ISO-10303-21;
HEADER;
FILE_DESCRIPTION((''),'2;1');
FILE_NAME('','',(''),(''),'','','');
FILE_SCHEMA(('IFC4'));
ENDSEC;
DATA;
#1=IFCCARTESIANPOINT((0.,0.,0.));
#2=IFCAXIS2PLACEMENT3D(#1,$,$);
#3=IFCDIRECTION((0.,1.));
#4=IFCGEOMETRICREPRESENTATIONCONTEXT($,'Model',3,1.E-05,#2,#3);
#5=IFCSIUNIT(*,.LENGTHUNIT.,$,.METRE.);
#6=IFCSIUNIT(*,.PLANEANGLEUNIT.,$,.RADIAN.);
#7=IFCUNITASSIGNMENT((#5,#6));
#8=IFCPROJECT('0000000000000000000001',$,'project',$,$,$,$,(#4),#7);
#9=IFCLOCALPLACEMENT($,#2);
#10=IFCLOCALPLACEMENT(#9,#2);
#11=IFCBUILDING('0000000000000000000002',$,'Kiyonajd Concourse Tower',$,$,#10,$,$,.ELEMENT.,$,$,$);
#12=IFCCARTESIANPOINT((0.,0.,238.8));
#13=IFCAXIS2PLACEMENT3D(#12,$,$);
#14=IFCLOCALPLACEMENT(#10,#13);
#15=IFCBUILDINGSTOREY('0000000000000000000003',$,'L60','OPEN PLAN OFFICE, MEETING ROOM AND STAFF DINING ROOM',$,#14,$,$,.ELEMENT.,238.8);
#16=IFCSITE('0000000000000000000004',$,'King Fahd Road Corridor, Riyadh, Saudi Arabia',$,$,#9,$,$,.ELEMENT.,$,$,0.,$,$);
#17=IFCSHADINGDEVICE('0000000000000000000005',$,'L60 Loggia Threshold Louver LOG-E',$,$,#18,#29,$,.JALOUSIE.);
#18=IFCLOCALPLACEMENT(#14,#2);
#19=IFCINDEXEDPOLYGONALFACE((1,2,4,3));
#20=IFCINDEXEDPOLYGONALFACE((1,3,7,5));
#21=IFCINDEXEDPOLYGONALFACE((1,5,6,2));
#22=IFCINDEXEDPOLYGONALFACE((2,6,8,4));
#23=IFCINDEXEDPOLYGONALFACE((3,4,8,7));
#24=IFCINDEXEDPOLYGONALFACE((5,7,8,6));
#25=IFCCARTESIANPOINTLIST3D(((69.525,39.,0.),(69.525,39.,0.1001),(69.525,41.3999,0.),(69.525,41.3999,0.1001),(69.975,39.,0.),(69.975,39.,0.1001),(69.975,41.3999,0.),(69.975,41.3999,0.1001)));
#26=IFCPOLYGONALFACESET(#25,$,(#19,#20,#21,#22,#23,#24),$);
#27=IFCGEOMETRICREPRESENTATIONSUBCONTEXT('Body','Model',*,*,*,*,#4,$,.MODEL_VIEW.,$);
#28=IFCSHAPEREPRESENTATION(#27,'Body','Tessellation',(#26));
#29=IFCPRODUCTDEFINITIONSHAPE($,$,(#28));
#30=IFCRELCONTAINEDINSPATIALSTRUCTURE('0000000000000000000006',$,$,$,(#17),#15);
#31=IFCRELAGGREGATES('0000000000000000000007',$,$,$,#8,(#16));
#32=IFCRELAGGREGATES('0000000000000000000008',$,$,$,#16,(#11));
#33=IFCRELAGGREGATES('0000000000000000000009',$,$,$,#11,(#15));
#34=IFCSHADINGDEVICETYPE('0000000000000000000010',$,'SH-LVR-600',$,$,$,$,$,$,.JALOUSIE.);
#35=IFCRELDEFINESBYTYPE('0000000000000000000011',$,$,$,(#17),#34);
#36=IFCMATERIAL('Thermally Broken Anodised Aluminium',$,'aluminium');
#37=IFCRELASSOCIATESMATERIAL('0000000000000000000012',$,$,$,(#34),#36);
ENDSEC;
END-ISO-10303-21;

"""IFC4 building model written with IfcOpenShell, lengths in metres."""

from ifc_helpers import new_model, si_unit, direction, frame, origin, origin_2d, place, context, subcontext, project, spatial, rectangle, extrude, material, type_object, element, save


model = new_model("IFC4")

# Units and contexts
model_context = context("Model", 3, precision=1e-05, world=origin(), true_north=direction((0.0, 1.0)))
body_context = subcontext(model_context, "Body", "Model", "MODEL_VIEW")
ifc_project = project(units=[si_unit("LENGTHUNIT", "METRE"), si_unit("PLANEANGLEUNIT", "RADIAN")], contexts=[model_context])

# Site, building, storey
site_placement = place(None, origin())
site = spatial("IfcSite", under=ifc_project, at=site_placement, Name="King Fahd Road Corridor, Riyadh, Saudi Arabia", CompositionType="ELEMENT", RefElevation=0.0)
building_placement = place(site_placement, origin())
building = spatial("IfcBuilding", under=site, at=building_placement, Name="Kiyonajd Concourse Tower", CompositionType="ELEMENT")
storey_placement = place(building_placement, frame((0.0, 0.0, 238.8)))
storey = spatial("IfcBuildingStorey", under=building, at=storey_placement, Name="L60", Description="OPEN PLAN OFFICE, MEETING ROOM AND STAFF DINING ROOM", CompositionType="ELEMENT", Elevation=238.8)

# Shared definitions
ifc_material_1 = material(Name="Thermally Broken Anodised Aluminium", Category="aluminium")

# Shading device
shading_device_type_1 = type_object("IfcShadingDeviceType", Name="SH-LVR-600", PredefinedType="JALOUSIE", material=ifc_material_1)
shading_device_1_placement = place(storey_placement, frame((69.75, 40.2, 0.0), z_axis=(0.0, 0.0, 1.0), x_axis=(0.0, 1.0, 0.0)))
element("IfcShadingDevice", 1, at=shading_device_1_placement, inside=storey, type_object=shading_device_type_1, Name="L60 Loggia Threshold Louver LOG-E", PredefinedType="JALOUSIE", context=body_context, shape_type="SweptSolid", body=[
    extrude(rectangle(XDim=2.3999, YDim=0.45, at=origin_2d()), origin(), (0.0, 0.0, 1.0), 0.1001),
])

save(model, "model.ifc")
